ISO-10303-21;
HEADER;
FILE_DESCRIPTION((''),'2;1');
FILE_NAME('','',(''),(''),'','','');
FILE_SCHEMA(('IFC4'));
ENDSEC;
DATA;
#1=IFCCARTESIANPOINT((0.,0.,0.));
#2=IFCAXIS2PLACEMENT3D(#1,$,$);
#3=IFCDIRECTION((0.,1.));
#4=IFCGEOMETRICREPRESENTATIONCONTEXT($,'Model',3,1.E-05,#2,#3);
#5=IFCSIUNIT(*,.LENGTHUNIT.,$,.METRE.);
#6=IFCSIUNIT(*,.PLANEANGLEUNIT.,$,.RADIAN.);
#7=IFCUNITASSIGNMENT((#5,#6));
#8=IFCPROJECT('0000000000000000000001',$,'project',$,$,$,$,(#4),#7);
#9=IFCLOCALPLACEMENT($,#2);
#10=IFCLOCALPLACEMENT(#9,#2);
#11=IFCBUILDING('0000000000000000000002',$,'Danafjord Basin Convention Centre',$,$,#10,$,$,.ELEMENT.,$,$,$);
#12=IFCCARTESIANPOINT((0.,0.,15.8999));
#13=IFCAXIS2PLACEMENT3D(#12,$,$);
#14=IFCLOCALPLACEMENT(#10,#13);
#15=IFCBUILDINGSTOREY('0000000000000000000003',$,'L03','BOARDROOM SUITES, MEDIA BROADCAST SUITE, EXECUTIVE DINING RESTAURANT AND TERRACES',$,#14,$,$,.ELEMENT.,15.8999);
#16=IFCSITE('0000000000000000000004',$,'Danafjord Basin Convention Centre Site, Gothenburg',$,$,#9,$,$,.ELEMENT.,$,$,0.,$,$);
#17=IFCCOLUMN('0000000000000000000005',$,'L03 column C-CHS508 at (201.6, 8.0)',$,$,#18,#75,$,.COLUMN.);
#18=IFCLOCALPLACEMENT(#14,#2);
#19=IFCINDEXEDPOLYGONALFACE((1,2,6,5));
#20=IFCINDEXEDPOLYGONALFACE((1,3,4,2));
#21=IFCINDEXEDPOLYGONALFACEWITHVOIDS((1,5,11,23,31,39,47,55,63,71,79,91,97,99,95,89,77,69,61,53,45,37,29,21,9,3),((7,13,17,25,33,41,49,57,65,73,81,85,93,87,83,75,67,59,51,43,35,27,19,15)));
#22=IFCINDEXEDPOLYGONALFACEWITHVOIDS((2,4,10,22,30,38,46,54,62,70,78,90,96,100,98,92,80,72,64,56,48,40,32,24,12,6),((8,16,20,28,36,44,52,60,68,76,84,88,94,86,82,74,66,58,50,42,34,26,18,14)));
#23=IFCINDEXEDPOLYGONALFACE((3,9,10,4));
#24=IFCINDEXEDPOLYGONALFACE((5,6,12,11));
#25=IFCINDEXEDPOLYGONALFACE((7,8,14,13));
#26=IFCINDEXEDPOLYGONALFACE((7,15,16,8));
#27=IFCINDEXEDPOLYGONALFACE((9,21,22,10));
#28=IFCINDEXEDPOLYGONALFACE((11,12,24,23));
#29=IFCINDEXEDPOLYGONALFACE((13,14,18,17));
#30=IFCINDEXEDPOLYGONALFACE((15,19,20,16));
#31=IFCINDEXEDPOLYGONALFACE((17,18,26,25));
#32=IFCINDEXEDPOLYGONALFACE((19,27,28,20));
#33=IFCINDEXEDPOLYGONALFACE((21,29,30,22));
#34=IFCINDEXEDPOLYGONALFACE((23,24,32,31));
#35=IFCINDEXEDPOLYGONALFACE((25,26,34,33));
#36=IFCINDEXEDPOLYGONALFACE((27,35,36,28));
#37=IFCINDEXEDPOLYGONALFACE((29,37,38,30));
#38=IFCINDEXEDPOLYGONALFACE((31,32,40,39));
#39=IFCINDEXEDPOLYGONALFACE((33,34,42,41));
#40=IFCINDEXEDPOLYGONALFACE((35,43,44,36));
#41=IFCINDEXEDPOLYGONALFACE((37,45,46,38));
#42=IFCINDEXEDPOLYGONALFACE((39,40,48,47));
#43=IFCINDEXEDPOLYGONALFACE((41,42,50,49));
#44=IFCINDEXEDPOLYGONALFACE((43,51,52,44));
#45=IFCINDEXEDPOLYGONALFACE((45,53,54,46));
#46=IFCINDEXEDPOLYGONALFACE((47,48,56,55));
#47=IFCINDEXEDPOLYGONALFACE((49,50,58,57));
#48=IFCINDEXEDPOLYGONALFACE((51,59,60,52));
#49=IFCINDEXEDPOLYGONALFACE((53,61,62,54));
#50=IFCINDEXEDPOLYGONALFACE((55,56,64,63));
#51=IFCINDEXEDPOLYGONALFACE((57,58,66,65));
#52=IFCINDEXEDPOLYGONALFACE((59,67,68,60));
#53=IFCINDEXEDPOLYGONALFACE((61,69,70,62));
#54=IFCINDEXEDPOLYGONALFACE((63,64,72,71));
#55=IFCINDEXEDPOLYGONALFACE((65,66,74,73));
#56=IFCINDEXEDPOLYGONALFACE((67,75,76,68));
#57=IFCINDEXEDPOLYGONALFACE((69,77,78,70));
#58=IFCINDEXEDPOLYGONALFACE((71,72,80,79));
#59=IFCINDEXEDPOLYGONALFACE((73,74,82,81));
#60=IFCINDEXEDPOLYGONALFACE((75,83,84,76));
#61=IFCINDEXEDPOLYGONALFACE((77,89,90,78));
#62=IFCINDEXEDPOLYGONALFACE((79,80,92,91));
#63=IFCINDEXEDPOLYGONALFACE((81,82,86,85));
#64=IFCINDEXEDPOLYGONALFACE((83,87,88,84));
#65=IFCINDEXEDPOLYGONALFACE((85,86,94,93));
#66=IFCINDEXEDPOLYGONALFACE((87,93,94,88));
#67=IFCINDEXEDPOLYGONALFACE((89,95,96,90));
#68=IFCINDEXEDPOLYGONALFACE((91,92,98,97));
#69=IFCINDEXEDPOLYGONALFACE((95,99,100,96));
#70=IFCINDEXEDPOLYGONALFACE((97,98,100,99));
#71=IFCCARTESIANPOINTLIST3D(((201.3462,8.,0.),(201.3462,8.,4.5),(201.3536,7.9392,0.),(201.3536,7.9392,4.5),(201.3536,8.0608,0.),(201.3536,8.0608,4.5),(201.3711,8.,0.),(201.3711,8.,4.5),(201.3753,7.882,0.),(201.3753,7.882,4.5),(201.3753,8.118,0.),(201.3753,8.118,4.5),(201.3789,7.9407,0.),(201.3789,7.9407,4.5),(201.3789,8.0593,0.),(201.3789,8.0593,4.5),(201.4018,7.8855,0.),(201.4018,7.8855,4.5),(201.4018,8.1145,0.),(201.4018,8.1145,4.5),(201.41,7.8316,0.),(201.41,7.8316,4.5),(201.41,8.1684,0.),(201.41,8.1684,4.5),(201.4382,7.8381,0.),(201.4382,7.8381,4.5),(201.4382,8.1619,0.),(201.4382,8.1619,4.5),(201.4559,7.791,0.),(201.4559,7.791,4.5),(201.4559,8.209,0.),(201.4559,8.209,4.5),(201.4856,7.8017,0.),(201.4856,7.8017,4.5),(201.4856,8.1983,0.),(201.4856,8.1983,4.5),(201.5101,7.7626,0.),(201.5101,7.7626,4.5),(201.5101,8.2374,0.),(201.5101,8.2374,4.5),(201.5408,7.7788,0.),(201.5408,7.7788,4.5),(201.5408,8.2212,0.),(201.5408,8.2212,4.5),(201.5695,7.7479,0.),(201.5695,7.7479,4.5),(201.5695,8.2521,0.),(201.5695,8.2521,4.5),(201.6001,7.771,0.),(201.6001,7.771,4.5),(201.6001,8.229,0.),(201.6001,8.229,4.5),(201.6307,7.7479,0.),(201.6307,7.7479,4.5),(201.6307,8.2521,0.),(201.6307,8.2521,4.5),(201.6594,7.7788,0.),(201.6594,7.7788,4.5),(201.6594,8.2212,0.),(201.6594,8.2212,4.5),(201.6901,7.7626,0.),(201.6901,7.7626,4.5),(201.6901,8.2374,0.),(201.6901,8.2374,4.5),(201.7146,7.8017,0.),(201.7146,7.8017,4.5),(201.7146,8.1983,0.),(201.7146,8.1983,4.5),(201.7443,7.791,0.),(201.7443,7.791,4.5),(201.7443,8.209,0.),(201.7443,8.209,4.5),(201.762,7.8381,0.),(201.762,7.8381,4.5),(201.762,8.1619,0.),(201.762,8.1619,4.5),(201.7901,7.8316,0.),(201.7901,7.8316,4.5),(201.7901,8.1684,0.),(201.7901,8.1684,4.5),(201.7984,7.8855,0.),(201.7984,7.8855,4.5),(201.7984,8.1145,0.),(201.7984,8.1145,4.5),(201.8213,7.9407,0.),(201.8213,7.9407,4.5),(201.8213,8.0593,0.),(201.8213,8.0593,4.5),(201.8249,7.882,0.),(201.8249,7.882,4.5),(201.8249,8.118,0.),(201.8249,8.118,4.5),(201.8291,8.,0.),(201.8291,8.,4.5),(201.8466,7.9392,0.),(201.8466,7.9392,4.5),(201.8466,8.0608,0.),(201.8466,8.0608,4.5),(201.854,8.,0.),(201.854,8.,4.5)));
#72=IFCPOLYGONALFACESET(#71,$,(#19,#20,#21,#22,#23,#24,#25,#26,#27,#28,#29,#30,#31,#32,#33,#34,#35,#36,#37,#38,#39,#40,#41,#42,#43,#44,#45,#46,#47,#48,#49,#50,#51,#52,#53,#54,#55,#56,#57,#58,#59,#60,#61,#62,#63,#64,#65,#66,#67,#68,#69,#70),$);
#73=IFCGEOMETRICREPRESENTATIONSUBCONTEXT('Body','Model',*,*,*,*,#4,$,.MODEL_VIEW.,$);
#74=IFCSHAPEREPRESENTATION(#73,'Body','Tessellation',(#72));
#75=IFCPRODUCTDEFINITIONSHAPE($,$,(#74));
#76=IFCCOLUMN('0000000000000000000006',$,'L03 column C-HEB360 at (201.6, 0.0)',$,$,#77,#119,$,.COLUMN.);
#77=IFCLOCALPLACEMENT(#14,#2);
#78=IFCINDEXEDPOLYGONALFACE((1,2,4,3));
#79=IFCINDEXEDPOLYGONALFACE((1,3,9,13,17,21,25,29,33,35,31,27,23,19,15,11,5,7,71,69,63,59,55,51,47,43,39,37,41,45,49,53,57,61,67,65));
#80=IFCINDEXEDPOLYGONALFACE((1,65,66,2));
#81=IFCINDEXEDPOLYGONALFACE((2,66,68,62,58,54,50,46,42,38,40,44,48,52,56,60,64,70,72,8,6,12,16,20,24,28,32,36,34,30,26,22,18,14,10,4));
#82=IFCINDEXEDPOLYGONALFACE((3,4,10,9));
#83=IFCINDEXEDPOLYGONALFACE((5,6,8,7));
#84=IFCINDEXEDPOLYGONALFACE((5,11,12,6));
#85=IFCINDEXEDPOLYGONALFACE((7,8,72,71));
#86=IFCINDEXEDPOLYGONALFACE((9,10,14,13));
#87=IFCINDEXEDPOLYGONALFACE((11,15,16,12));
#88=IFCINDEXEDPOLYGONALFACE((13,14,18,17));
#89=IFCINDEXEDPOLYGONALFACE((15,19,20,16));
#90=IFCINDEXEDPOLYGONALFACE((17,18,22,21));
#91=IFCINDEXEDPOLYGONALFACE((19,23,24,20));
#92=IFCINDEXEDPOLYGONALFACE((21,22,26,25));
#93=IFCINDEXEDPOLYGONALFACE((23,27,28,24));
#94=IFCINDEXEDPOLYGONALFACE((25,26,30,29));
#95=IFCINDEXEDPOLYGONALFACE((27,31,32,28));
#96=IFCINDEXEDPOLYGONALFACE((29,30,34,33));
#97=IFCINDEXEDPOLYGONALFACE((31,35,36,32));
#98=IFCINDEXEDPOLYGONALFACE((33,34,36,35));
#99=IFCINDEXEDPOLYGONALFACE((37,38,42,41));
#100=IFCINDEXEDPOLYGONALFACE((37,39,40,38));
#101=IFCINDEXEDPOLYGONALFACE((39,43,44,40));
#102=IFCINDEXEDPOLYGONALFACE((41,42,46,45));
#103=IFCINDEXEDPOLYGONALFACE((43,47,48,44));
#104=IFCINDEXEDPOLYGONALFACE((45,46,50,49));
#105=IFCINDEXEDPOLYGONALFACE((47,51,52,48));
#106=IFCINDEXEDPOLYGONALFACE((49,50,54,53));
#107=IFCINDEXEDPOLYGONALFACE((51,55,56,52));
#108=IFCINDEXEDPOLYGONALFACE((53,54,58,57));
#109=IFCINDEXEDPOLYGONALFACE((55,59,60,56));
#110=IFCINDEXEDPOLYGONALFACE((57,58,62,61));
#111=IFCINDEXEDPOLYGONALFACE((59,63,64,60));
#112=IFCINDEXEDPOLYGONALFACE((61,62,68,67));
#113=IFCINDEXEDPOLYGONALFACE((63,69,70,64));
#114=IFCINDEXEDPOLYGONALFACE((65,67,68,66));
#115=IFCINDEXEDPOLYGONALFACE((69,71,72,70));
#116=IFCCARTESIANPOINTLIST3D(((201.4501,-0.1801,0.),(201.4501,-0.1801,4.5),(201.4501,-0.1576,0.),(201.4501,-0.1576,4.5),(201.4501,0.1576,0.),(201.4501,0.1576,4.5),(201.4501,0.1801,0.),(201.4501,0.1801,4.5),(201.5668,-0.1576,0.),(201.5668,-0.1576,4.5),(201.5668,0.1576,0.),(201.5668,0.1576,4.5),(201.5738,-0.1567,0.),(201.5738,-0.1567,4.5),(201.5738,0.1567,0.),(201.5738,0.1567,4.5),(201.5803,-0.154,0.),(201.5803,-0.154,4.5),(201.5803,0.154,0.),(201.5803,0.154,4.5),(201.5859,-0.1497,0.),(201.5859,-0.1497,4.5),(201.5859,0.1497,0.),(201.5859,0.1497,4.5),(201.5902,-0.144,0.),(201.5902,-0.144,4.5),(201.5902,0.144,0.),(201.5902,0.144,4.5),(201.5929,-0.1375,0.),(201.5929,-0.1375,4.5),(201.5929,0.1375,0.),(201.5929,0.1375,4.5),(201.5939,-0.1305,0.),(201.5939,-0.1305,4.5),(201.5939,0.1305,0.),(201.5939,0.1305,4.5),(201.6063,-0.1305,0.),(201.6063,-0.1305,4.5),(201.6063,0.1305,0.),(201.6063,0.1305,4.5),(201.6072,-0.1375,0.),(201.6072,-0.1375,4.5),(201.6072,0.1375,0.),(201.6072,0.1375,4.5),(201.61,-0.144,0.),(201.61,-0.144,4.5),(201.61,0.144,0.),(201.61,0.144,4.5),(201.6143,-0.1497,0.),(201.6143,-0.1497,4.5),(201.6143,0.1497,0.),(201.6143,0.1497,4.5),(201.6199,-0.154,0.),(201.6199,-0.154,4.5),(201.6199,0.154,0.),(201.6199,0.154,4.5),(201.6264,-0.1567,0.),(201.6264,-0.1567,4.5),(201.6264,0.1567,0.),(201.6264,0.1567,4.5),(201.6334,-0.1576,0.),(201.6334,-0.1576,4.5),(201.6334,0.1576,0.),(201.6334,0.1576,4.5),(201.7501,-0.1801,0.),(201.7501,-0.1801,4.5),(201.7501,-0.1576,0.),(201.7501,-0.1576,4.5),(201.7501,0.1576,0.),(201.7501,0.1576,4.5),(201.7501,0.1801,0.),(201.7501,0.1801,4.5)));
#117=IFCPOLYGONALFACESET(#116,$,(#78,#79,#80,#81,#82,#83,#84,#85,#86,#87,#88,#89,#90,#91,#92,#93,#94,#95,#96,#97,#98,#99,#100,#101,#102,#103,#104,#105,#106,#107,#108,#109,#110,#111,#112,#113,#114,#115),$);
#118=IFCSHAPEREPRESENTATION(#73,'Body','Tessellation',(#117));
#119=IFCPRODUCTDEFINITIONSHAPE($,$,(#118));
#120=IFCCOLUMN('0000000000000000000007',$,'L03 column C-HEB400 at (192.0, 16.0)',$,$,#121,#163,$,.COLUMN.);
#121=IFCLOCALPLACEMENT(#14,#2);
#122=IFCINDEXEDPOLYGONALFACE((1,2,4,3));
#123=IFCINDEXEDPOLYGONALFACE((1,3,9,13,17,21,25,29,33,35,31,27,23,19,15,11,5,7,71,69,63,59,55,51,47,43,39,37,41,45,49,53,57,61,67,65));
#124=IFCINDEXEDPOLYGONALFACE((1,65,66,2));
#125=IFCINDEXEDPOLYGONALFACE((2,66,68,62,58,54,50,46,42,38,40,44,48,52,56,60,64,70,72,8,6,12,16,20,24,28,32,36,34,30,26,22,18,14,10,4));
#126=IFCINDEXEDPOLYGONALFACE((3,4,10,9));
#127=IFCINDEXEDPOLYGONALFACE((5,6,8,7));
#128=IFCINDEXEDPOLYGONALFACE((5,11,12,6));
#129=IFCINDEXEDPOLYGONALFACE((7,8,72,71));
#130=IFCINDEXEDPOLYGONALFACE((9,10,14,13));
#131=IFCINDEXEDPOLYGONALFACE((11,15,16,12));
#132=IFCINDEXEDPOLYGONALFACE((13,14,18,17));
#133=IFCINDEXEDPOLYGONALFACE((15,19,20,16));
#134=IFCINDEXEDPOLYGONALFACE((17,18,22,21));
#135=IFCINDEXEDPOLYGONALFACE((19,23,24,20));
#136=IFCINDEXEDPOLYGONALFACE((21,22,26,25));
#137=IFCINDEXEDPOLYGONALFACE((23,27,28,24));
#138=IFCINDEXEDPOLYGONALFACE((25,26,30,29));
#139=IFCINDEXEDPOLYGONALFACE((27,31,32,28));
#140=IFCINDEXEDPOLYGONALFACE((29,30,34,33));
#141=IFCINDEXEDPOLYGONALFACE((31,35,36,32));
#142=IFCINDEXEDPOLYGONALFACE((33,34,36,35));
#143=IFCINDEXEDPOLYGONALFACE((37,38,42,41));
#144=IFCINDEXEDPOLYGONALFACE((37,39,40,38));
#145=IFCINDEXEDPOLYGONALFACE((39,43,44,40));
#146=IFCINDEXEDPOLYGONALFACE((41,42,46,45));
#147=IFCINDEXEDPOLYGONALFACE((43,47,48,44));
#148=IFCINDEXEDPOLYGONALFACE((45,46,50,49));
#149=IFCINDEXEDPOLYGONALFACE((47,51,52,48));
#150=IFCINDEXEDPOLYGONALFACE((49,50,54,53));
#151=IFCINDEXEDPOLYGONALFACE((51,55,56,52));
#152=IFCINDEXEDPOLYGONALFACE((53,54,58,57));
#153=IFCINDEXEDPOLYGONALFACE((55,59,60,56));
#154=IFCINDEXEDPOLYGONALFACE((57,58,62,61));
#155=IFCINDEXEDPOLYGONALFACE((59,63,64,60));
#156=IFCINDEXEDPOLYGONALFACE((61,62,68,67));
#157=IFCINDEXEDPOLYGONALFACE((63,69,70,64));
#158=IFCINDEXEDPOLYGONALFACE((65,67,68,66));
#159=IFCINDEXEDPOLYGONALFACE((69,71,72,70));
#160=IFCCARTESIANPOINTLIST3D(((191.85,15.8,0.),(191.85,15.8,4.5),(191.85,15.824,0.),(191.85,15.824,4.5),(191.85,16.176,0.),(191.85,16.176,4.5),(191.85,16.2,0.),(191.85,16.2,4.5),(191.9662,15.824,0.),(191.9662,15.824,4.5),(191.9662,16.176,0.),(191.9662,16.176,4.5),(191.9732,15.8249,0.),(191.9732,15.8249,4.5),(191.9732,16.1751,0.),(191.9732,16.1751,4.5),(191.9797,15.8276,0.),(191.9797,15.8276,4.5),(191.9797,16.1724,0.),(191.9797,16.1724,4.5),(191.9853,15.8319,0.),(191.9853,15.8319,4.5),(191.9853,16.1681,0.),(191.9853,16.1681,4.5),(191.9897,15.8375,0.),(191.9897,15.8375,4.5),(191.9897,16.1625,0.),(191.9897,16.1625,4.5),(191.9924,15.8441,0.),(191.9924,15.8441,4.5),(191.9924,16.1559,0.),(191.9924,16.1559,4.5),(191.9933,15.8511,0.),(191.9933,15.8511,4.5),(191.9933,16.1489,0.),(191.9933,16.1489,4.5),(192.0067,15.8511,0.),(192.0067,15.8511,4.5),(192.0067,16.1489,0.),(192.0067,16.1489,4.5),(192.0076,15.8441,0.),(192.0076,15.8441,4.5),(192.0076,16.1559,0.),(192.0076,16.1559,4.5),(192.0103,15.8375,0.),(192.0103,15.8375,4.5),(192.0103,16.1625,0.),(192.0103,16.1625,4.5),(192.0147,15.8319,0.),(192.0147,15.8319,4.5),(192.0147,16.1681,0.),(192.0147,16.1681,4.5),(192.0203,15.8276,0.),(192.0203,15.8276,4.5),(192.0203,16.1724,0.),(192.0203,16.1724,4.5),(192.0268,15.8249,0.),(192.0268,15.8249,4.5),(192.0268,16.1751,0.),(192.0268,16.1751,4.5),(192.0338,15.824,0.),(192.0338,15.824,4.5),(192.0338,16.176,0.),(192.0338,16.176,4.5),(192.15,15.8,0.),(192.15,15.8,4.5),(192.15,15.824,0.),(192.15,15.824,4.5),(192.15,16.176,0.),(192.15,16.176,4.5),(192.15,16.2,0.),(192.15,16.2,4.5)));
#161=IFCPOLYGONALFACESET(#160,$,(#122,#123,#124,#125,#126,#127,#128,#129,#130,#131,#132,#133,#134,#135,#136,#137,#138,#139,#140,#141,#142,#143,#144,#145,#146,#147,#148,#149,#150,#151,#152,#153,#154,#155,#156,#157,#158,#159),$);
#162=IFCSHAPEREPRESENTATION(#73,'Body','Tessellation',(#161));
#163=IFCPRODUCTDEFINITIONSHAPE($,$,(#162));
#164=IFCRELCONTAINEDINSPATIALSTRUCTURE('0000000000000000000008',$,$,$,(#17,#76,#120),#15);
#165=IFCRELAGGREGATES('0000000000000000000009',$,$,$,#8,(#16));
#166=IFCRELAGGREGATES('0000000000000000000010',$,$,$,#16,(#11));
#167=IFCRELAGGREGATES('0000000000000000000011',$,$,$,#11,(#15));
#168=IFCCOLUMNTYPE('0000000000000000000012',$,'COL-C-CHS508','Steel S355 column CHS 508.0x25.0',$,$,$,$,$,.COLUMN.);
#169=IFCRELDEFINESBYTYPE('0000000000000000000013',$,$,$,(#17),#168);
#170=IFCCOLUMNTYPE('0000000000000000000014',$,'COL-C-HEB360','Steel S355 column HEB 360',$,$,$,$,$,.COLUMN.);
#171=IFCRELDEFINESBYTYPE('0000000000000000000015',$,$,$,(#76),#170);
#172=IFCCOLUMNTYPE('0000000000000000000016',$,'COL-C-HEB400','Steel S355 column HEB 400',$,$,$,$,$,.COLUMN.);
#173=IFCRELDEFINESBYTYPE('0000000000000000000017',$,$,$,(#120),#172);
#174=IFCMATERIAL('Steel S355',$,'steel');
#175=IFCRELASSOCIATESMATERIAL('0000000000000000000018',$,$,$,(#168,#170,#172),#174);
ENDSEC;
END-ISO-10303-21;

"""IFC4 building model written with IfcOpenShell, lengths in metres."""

from ifc_helpers import new_model, si_unit, direction, frame, origin, origin_2d, place, context, subcontext, project, spatial, hollow_circle, i_section, extrude, material, material_profile, profile_set, type_object, element, save


model = new_model("IFC4")

# Units and contexts
model_context = context("Model", 3, precision=1e-05, world=origin(), true_north=direction((0.0, 1.0)))
body_context = subcontext(model_context, "Body", "Model", "MODEL_VIEW")
ifc_project = project(units=[si_unit("LENGTHUNIT", "METRE"), si_unit("PLANEANGLEUNIT", "RADIAN")], contexts=[model_context])

# Site, building, storey
site_placement = place(None, origin())
site = spatial("IfcSite", under=ifc_project, at=site_placement, Name="Danafjord Basin Convention Centre Site, Gothenburg", CompositionType="ELEMENT", RefElevation=0.0)
building_placement = place(site_placement, origin())
building = spatial("IfcBuilding", under=site, at=building_placement, Name="Danafjord Basin Convention Centre", CompositionType="ELEMENT")
storey_placement = place(building_placement, frame((0.0, 0.0, 15.8999)))
storey = spatial("IfcBuildingStorey", under=building, at=storey_placement, Name="L03", Description="BOARDROOM SUITES, MEDIA BROADCAST SUITE, EXECUTIVE DINING RESTAURANT AND TERRACES", CompositionType="ELEMENT", Elevation=15.8999)

# Columns
ifc_material_1 = material(Name="Steel S355", Category="steel")
ifc_material_profile_1 = material_profile(ifc_material_1, hollow_circle(Radius=0.2539, WallThickness=0.0249, at=origin_2d()), Name="CHS 508.0x25.0")
ifc_profile_set_1 = profile_set([ifc_material_profile_1], Name="Steel S355")
column_type_1 = type_object("IfcColumnType", Name="COL-C-CHS508", Description="Steel S355 column CHS 508.0x25.0", PredefinedType="COLUMN", material=ifc_profile_set_1)
column_1_placement = place(storey_placement, frame((201.6001, 8.0, 0.0), z_axis=(0.0, 0.0, 1.0), x_axis=(1.0, 0.0, 0.0)))
element("IfcColumn", 1, at=column_1_placement, inside=storey, type_object=column_type_1, Name="L03 column C-CHS508 at (201.6, 8.0)", PredefinedType="COLUMN", context=body_context, shape_type="SweptSolid", body=[
    extrude(hollow_circle(Radius=0.2539, WallThickness=0.0249, at=origin_2d()), origin(), (0.0, 0.0, 1.0), 4.5),
])
ifc_material_profile_2 = material_profile(ifc_material_1, i_section(OverallWidth=0.3, OverallDepth=0.3601, WebThickness=0.0125, FlangeThickness=0.0225, FilletRadius=0.0271, at=origin_2d()), Name="HEB 360")
ifc_profile_set_2 = profile_set([ifc_material_profile_2], Name="Steel S355")
column_type_2 = type_object("IfcColumnType", Name="COL-C-HEB360", Description="Steel S355 column HEB 360", PredefinedType="COLUMN", material=ifc_profile_set_2)
column_2_placement = place(storey_placement, frame((201.6001, 0.0, 0.0), z_axis=(0.0, 0.0, 1.0), x_axis=(1.0, 0.0, 0.0)))
element("IfcColumn", 2, at=column_2_placement, inside=storey, type_object=column_type_2, Name="L03 column C-HEB360 at (201.6, 0.0)", PredefinedType="COLUMN", context=body_context, shape_type="SweptSolid", body=[
    extrude(i_section(OverallWidth=0.3, OverallDepth=0.3601, WebThickness=0.0125, FlangeThickness=0.0225, FilletRadius=0.0271, at=origin_2d()), origin(), (0.0, 0.0, 1.0), 4.5),
])
ifc_material_profile_3 = material_profile(ifc_material_1, i_section(OverallWidth=0.3, OverallDepth=0.3999, WebThickness=0.0134, FlangeThickness=0.0239, FilletRadius=0.0271, at=origin_2d()), Name="HEB 400")
ifc_profile_set_3 = profile_set([ifc_material_profile_3], Name="Steel S355")
column_type_3 = type_object("IfcColumnType", Name="COL-C-HEB400", Description="Steel S355 column HEB 400", PredefinedType="COLUMN", material=ifc_profile_set_3)
column_3_placement = place(storey_placement, frame((192.0, 16.0, 0.0), z_axis=(0.0, 0.0, 1.0), x_axis=(1.0, 0.0, 0.0)))
element("IfcColumn", 3, at=column_3_placement, inside=storey, type_object=column_type_3, Name="L03 column C-HEB400 at (192.0, 16.0)", PredefinedType="COLUMN", context=body_context, shape_type="SweptSolid", body=[
    extrude(i_section(OverallWidth=0.3, OverallDepth=0.3999, WebThickness=0.0134, FlangeThickness=0.0239, FilletRadius=0.0271, at=origin_2d()), origin(), (0.0, 0.0, 1.0), 4.5),
])

save(model, "model.ifc")
